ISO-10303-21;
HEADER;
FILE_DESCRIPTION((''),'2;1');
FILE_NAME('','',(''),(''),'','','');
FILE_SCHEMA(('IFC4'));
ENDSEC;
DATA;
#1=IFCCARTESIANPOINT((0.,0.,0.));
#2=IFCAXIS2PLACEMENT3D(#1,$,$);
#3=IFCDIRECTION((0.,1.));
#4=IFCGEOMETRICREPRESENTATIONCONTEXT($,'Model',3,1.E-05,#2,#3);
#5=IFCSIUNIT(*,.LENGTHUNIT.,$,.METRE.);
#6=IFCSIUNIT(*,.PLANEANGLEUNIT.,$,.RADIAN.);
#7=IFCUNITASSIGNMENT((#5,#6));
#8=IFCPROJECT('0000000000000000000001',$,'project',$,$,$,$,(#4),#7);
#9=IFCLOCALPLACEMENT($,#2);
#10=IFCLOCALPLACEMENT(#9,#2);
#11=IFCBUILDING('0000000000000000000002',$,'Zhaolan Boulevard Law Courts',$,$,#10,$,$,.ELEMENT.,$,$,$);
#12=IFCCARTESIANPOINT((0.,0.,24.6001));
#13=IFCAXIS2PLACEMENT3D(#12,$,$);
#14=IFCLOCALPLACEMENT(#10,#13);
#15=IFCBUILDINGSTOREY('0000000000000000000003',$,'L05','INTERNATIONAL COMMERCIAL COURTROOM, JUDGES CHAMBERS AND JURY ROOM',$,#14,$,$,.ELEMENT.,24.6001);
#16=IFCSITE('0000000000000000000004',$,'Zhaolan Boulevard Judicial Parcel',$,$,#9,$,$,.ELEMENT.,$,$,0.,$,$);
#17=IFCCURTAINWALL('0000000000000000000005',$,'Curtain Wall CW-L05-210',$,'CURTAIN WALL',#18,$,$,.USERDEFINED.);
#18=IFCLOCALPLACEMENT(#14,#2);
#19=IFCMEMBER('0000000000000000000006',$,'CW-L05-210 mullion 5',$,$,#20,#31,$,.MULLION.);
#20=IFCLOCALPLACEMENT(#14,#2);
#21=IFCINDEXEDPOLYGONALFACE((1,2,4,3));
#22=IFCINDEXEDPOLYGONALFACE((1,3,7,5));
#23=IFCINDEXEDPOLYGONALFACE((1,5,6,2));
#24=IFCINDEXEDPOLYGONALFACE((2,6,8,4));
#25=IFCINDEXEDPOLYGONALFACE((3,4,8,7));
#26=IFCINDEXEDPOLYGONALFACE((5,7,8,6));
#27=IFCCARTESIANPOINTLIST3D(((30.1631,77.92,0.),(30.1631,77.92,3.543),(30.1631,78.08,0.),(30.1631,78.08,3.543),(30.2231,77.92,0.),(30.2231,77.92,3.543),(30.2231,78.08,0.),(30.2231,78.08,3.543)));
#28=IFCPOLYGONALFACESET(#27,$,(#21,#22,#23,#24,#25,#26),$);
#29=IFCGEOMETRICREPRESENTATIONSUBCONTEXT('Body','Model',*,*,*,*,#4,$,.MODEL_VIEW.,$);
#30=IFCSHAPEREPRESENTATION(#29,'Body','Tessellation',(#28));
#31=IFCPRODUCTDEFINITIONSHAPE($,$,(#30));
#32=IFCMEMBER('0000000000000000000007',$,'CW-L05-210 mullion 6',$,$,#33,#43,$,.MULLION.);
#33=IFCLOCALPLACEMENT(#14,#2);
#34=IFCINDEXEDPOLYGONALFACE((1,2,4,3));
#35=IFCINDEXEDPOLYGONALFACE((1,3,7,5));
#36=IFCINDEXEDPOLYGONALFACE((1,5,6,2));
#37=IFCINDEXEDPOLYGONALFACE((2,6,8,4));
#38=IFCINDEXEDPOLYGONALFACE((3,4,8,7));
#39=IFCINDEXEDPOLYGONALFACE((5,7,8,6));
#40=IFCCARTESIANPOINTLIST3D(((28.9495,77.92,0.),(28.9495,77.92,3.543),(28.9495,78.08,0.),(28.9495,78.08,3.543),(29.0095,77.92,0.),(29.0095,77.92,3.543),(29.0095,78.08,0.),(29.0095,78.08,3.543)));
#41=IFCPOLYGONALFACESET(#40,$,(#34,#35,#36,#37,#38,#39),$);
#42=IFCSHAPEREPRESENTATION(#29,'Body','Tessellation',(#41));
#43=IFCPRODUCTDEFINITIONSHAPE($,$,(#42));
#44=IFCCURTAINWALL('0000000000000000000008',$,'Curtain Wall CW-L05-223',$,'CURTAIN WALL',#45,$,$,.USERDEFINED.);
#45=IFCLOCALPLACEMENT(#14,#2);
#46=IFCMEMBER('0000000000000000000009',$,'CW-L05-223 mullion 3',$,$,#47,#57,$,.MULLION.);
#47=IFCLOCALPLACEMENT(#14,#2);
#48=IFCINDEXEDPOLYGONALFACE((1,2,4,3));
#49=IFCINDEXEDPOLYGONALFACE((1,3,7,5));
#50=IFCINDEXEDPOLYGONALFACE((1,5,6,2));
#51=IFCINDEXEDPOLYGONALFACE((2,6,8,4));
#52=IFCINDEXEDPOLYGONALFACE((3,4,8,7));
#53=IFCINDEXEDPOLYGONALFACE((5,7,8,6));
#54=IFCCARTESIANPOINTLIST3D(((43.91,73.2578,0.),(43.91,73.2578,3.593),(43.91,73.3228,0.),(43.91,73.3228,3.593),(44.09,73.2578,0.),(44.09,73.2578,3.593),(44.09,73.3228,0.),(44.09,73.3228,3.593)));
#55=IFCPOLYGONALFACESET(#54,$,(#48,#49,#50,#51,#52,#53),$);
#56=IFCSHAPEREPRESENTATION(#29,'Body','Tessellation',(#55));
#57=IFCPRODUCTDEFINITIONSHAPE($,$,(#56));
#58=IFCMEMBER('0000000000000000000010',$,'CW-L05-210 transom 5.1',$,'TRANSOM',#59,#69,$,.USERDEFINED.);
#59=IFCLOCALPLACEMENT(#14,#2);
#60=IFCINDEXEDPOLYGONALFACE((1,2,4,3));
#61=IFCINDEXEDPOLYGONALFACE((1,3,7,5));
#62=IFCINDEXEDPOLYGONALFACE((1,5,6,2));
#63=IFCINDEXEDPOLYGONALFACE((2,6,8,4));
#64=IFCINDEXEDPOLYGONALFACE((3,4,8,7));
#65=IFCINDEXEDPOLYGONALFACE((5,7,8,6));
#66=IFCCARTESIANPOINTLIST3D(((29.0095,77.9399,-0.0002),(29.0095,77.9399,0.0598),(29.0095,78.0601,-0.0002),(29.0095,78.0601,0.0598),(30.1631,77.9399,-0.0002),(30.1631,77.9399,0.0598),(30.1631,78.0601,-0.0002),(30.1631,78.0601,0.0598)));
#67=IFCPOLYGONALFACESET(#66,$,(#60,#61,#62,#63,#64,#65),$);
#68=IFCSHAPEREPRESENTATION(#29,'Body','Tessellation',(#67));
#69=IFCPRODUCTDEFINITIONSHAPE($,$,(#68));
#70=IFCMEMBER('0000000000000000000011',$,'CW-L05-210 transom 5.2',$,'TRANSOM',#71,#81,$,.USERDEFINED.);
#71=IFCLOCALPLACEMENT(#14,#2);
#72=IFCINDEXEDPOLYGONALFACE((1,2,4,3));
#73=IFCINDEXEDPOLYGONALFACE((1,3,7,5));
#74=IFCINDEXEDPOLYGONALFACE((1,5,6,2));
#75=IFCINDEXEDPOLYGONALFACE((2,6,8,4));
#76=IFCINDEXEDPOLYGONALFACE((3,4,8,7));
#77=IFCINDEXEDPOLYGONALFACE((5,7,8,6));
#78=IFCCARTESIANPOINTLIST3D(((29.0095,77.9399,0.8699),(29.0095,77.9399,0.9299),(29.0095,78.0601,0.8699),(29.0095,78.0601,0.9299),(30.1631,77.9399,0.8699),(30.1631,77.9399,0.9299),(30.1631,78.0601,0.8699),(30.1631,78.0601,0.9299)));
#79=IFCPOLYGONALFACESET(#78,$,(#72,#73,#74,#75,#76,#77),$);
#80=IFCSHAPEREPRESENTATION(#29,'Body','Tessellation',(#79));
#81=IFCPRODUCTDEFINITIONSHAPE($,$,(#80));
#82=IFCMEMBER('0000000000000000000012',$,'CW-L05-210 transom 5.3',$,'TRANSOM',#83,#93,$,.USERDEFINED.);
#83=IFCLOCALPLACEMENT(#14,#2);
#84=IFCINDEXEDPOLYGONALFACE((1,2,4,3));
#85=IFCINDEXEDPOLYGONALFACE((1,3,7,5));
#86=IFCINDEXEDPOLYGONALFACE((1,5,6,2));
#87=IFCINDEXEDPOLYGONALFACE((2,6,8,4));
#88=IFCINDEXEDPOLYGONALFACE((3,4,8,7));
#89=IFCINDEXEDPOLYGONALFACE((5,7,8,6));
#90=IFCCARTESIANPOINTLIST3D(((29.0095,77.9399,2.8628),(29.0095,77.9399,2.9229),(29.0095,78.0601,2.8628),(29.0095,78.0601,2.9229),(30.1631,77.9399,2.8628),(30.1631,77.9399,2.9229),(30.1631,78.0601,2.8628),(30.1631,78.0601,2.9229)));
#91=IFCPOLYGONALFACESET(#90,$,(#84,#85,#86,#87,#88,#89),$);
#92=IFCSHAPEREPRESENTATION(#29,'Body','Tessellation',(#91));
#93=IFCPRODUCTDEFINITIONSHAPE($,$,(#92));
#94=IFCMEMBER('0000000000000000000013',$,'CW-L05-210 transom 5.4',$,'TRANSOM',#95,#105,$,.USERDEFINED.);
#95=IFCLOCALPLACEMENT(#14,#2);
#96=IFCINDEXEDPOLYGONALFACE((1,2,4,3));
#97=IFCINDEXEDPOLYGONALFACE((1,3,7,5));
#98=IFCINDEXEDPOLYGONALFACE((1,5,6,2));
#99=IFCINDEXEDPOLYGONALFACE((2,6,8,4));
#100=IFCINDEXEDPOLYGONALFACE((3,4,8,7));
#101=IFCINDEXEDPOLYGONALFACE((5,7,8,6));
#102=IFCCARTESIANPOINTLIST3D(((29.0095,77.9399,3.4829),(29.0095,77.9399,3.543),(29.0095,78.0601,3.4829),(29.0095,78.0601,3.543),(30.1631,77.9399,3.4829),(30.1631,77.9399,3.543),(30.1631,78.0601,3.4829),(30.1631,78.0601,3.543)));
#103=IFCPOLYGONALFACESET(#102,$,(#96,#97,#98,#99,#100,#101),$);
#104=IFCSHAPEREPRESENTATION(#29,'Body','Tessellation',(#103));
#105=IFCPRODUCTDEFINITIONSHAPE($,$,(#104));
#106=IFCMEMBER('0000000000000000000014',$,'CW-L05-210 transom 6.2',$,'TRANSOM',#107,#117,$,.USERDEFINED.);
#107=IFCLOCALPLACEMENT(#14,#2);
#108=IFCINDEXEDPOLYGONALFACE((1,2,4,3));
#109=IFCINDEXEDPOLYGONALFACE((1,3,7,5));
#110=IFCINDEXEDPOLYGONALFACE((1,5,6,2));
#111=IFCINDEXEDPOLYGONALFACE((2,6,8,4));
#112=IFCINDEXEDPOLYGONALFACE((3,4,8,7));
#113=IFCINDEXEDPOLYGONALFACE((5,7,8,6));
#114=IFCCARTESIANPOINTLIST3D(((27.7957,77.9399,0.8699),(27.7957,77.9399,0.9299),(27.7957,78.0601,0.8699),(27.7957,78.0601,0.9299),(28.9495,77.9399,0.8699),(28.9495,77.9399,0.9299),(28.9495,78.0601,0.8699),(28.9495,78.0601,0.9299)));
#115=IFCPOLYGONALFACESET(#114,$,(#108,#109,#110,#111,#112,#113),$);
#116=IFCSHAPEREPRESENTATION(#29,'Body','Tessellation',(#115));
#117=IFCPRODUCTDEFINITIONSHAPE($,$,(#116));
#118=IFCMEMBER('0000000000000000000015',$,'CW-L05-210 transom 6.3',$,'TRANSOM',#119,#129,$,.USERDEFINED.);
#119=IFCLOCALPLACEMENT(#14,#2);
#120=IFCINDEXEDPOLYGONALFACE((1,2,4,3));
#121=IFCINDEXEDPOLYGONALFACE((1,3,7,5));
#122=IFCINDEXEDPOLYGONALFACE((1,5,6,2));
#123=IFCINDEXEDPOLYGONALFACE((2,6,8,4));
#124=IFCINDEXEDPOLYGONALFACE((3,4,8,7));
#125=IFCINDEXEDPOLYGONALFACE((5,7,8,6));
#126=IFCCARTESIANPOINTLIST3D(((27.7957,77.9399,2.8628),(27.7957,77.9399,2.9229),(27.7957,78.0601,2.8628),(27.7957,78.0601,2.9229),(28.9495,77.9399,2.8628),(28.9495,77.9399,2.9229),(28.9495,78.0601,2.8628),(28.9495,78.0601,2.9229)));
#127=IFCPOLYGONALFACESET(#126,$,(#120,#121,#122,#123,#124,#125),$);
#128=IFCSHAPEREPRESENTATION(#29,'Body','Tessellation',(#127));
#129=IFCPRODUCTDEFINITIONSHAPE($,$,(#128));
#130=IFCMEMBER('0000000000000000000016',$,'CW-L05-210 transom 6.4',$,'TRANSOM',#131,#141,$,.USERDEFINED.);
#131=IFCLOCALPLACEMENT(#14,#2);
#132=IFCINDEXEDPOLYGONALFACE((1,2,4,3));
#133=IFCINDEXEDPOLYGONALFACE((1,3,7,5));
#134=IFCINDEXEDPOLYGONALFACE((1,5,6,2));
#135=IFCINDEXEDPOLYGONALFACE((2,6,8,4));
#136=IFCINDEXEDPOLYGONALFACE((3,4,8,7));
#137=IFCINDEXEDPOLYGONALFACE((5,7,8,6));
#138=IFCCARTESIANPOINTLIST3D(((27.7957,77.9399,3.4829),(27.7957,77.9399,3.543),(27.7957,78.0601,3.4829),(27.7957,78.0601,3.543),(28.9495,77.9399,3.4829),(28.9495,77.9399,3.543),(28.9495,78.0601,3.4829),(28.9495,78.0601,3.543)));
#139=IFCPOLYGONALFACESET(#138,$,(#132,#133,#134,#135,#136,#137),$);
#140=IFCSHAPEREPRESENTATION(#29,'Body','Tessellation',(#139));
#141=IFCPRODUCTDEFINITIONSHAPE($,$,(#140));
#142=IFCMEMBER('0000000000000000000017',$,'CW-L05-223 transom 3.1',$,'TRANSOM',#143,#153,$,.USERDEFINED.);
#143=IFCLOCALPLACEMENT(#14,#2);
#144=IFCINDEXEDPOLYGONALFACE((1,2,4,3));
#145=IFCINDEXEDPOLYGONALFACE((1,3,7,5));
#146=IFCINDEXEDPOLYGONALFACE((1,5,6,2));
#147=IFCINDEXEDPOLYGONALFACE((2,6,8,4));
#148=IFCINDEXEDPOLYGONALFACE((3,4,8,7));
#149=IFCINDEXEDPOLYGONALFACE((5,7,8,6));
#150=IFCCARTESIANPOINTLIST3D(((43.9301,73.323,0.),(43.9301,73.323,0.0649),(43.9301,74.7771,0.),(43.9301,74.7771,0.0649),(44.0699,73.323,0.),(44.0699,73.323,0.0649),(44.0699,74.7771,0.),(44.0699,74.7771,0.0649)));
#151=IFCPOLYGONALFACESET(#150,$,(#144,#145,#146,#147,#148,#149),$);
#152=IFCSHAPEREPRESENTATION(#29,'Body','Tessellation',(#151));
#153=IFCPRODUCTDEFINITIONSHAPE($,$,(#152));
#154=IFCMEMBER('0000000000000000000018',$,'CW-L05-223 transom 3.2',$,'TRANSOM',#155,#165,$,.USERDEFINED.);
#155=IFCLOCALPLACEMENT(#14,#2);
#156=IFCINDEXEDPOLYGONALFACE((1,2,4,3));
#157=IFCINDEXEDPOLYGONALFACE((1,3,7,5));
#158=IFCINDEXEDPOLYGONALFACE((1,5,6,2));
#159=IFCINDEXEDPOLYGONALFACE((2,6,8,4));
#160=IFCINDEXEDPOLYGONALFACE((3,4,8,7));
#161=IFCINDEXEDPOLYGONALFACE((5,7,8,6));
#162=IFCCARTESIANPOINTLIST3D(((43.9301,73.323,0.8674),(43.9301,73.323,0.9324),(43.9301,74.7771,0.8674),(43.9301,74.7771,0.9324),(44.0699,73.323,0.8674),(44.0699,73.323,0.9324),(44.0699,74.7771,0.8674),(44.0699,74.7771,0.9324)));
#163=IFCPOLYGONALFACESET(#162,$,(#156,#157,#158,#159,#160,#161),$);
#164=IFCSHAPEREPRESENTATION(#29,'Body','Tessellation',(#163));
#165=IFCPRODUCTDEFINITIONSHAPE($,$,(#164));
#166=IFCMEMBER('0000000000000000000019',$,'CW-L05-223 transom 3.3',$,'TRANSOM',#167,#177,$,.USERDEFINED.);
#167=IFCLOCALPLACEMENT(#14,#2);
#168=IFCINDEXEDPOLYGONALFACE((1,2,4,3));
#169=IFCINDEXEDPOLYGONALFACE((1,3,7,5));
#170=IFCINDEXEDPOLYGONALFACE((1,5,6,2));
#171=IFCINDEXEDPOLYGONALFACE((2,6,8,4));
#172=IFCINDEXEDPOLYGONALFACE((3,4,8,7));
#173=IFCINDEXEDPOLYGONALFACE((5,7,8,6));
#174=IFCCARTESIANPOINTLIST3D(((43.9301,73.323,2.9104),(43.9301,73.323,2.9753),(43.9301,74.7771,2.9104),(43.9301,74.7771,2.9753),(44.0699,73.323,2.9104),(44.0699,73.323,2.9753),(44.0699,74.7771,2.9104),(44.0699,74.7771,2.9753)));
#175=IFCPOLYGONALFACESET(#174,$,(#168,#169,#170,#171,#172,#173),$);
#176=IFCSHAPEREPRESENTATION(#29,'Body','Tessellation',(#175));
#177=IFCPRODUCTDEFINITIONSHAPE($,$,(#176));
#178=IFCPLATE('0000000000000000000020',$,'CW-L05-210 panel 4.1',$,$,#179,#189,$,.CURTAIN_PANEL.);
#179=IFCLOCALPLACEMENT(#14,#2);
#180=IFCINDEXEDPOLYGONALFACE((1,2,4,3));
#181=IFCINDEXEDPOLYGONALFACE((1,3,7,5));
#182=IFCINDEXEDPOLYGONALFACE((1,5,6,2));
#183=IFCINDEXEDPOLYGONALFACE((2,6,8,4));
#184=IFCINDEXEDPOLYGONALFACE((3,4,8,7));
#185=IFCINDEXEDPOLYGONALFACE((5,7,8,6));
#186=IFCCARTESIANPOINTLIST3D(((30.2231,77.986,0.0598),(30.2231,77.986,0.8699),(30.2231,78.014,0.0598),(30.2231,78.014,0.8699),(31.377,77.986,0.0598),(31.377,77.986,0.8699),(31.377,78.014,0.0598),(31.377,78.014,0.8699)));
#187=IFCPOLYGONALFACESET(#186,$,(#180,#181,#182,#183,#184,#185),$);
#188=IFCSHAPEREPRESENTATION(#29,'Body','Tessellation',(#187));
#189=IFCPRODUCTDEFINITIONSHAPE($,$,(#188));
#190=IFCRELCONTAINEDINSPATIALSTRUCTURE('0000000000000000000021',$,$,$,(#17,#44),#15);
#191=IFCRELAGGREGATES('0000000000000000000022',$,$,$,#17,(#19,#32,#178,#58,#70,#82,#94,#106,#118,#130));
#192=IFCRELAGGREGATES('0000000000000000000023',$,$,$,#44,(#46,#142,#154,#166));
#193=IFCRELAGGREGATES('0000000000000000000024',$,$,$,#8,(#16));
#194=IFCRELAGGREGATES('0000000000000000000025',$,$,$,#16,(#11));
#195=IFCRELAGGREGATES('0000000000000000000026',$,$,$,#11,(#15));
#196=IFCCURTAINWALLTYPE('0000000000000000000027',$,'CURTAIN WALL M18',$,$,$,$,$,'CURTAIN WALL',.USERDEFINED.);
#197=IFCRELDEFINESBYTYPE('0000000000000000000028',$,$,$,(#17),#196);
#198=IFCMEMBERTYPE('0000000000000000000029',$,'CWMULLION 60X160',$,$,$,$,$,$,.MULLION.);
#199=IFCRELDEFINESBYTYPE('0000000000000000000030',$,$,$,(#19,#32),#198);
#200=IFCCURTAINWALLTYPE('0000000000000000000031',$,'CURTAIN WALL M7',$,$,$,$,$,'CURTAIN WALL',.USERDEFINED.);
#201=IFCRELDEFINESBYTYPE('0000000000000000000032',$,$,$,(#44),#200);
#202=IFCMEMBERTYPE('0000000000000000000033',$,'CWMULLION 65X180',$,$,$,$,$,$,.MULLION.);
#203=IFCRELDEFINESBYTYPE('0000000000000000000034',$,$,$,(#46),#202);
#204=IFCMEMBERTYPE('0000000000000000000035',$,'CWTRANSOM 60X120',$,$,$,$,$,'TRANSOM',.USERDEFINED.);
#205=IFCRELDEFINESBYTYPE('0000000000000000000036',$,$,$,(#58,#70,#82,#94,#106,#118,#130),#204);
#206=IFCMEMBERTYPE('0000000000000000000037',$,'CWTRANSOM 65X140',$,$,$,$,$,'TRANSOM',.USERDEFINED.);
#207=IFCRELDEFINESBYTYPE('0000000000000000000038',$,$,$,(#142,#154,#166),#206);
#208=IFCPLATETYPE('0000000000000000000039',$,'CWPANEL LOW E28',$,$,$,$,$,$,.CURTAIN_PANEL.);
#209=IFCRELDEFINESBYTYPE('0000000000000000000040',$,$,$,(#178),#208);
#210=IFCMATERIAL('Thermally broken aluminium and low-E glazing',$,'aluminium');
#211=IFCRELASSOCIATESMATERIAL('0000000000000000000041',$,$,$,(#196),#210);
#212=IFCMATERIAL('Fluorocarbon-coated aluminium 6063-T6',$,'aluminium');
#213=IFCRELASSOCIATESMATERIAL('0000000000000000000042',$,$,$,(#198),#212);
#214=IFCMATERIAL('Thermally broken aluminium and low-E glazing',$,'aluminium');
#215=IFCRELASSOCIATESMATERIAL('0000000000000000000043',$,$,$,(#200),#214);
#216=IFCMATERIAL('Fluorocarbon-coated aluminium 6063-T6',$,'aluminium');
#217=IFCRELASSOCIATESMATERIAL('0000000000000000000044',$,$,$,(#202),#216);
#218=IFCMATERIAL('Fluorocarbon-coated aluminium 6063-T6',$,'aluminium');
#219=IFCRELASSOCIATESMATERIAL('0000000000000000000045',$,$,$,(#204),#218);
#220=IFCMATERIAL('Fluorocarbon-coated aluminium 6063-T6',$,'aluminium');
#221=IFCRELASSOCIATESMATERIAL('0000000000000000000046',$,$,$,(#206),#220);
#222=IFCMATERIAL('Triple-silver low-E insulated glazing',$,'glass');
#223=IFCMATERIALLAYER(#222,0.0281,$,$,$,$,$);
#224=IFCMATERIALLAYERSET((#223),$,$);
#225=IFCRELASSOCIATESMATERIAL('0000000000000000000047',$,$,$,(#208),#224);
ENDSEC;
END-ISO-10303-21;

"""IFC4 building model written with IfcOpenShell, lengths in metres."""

from ifc_helpers import new_model, si_unit, direction, frame, origin, origin_2d, place, context, subcontext, project, spatial, rectangle, extrude, material, layer, layer_set, material_profile, profile_set, type_object, element, aggregate, save


model = new_model("IFC4")

# Units and contexts
model_context = context("Model", 3, precision=1e-05, world=origin(), true_north=direction((0.0, 1.0)))
body_context = subcontext(model_context, "Body", "Model", "MODEL_VIEW")
ifc_project = project(units=[si_unit("LENGTHUNIT", "METRE"), si_unit("PLANEANGLEUNIT", "RADIAN")], contexts=[model_context])

# Site, building, storey
site_placement = place(None, origin())
site = spatial("IfcSite", under=ifc_project, at=site_placement, Name="Zhaolan Boulevard Judicial Parcel", CompositionType="ELEMENT", RefElevation=0.0)
building_placement = place(site_placement, origin())
building = spatial("IfcBuilding", under=site, at=building_placement, Name="Zhaolan Boulevard Law Courts", CompositionType="ELEMENT")
storey_placement = place(building_placement, frame((0.0, 0.0, 24.6001)))
storey = spatial("IfcBuildingStorey", under=building, at=storey_placement, Name="L05", Description="INTERNATIONAL COMMERCIAL COURTROOM, JUDGES CHAMBERS AND JURY ROOM", CompositionType="ELEMENT", Elevation=24.6001)

# Curtain wall, members
ifc_material_1 = material(Name="Thermally broken aluminium and low-E glazing", Category="aluminium")
curtain_wall_type_1 = type_object("IfcCurtainWallType", Name="CURTAIN WALL M18", ElementType="CURTAIN WALL", PredefinedType="USERDEFINED", material=ifc_material_1)
curtain_wall_1_placement = place(storey_placement, origin())
curtain_wall_1 = element("IfcCurtainWall", 1, at=curtain_wall_1_placement, inside=storey, type_object=curtain_wall_type_1, Name="Curtain Wall CW-L05-210", ObjectType="CURTAIN WALL", PredefinedType="USERDEFINED")
ifc_material_2 = material(Name="Fluorocarbon-coated aluminium 6063-T6", Category="aluminium")
ifc_material_profile_1 = material_profile(ifc_material_2, rectangle(XDim=0.1599, YDim=0.0601, at=origin_2d()), Name="AL60x160")
ifc_profile_set_1 = profile_set([ifc_material_profile_1], Name="Fluorocarbon-coated aluminium 6063-T6")
member_type_1 = type_object("IfcMemberType", Name="CWMULLION 60X160", PredefinedType="MULLION", material=ifc_profile_set_1)
member_1_placement = place(storey_placement, frame((30.1931, 78.0, 0.0), z_axis=(0.0, 0.0, 1.0), x_axis=(0.0, -1.0, 0.0)))
member_1 = element("IfcMember", 2, at=member_1_placement, type_object=member_type_1, Name="CW-L05-210 mullion 5", PredefinedType="MULLION", context=body_context, shape_type="SweptSolid", body=[
    extrude(rectangle(XDim=0.1599, YDim=0.0601, at=origin_2d()), origin(), (0.0, 0.0, 1.0), 3.543),
])
member_2_placement = place(storey_placement, frame((28.9795, 78.0, 0.0), z_axis=(0.0, 0.0, 1.0), x_axis=(0.0, -1.0, 0.0)))
member_2 = element("IfcMember", 3, at=member_2_placement, type_object=member_type_1, Name="CW-L05-210 mullion 6", PredefinedType="MULLION", context=body_context, shape_type="SweptSolid", body=[
    extrude(rectangle(XDim=0.1599, YDim=0.0601, at=origin_2d()), origin(), (0.0, 0.0, 1.0), 3.543),
])

# Curtain wall, member
ifc_material_3 = material(Name="Thermally broken aluminium and low-E glazing", Category="aluminium")
curtain_wall_type_2 = type_object("IfcCurtainWallType", Name="CURTAIN WALL M7", ElementType="CURTAIN WALL", PredefinedType="USERDEFINED", material=ifc_material_3)
curtain_wall_2_placement = place(storey_placement, origin())
curtain_wall_2 = element("IfcCurtainWall", 4, at=curtain_wall_2_placement, inside=storey, type_object=curtain_wall_type_2, Name="Curtain Wall CW-L05-223", ObjectType="CURTAIN WALL", PredefinedType="USERDEFINED")
ifc_material_4 = material(Name="Fluorocarbon-coated aluminium 6063-T6", Category="aluminium")
ifc_material_profile_2 = material_profile(ifc_material_4, rectangle(XDim=0.1799, YDim=0.0649, at=origin_2d()), Name="AL65x180")
ifc_profile_set_2 = profile_set([ifc_material_profile_2], Name="Fluorocarbon-coated aluminium 6063-T6")
member_type_2 = type_object("IfcMemberType", Name="CWMULLION 65X180", PredefinedType="MULLION", material=ifc_profile_set_2)
member_3_placement = place(storey_placement, frame((44.0, 73.2903, 0.0), z_axis=(0.0, 0.0, 1.0), x_axis=(-1.0, 0.0, 0.0)))
member_3 = element("IfcMember", 5, at=member_3_placement, type_object=member_type_2, Name="CW-L05-223 mullion 3", PredefinedType="MULLION", context=body_context, shape_type="SweptSolid", body=[
    extrude(rectangle(XDim=0.1799, YDim=0.0649, at=origin_2d()), origin(), (0.0, 0.0, 1.0), 3.593),
])

# Members
ifc_material_5 = material(Name="Fluorocarbon-coated aluminium 6063-T6", Category="aluminium")
ifc_material_profile_3 = material_profile(ifc_material_5, rectangle(XDim=0.1201, YDim=0.0601, at=origin_2d()), Name="AL60x120")
ifc_profile_set_3 = profile_set([ifc_material_profile_3], Name="Fluorocarbon-coated aluminium 6063-T6")
member_type_3 = type_object("IfcMemberType", Name="CWTRANSOM 60X120", ElementType="TRANSOM", PredefinedType="USERDEFINED", material=ifc_profile_set_3)
member_4_placement = place(storey_placement, frame((30.1631, 78.0, 0.0298), z_axis=(-1.0, 0.0, 0.0), x_axis=(0.0, -1.0, 0.0)))
member_4 = element("IfcMember", 6, at=member_4_placement, type_object=member_type_3, Name="CW-L05-210 transom 5.1", ObjectType="TRANSOM", PredefinedType="USERDEFINED", context=body_context, shape_type="SweptSolid", body=[
    extrude(rectangle(XDim=0.1201, YDim=0.0601, at=origin_2d()), origin(), (0.0, 0.0, 1.0), 1.1536),
])
member_5_placement = place(storey_placement, frame((30.1631, 78.0, 0.8999), z_axis=(-1.0, 0.0, 0.0), x_axis=(0.0, -1.0, 0.0)))
member_5 = element("IfcMember", 7, at=member_5_placement, type_object=member_type_3, Name="CW-L05-210 transom 5.2", ObjectType="TRANSOM", PredefinedType="USERDEFINED", context=body_context, shape_type="SweptSolid", body=[
    extrude(rectangle(XDim=0.1201, YDim=0.0601, at=origin_2d()), origin(), (0.0, 0.0, 1.0), 1.1536),
])
member_6_placement = place(storey_placement, frame((30.1631, 78.0, 2.8928), z_axis=(-1.0, 0.0, 0.0), x_axis=(0.0, -1.0, 0.0)))
member_6 = element("IfcMember", 8, at=member_6_placement, type_object=member_type_3, Name="CW-L05-210 transom 5.3", ObjectType="TRANSOM", PredefinedType="USERDEFINED", context=body_context, shape_type="SweptSolid", body=[
    extrude(rectangle(XDim=0.1201, YDim=0.0601, at=origin_2d()), origin(), (0.0, 0.0, 1.0), 1.1536),
])
member_7_placement = place(storey_placement, frame((30.1631, 78.0, 3.5129), z_axis=(-1.0, 0.0, 0.0), x_axis=(0.0, -1.0, 0.0)))
member_7 = element("IfcMember", 9, at=member_7_placement, type_object=member_type_3, Name="CW-L05-210 transom 5.4", ObjectType="TRANSOM", PredefinedType="USERDEFINED", context=body_context, shape_type="SweptSolid", body=[
    extrude(rectangle(XDim=0.1201, YDim=0.0601, at=origin_2d()), origin(), (0.0, 0.0, 1.0), 1.1536),
])
member_8_placement = place(storey_placement, frame((28.9495, 78.0, 0.8999), z_axis=(-1.0, 0.0, 0.0), x_axis=(0.0, -1.0, 0.0)))
member_8 = element("IfcMember", 10, at=member_8_placement, type_object=member_type_3, Name="CW-L05-210 transom 6.2", ObjectType="TRANSOM", PredefinedType="USERDEFINED", context=body_context, shape_type="SweptSolid", body=[
    extrude(rectangle(XDim=0.1201, YDim=0.0601, at=origin_2d()), origin(), (0.0, 0.0, 1.0), 1.1538),
])
member_9_placement = place(storey_placement, frame((28.9495, 78.0, 2.8928), z_axis=(-1.0, 0.0, 0.0), x_axis=(0.0, -1.0, 0.0)))
member_9 = element("IfcMember", 11, at=member_9_placement, type_object=member_type_3, Name="CW-L05-210 transom 6.3", ObjectType="TRANSOM", PredefinedType="USERDEFINED", context=body_context, shape_type="SweptSolid", body=[
    extrude(rectangle(XDim=0.1201, YDim=0.0601, at=origin_2d()), origin(), (0.0, 0.0, 1.0), 1.1538),
])
member_10_placement = place(storey_placement, frame((28.9495, 78.0, 3.5129), z_axis=(-1.0, 0.0, 0.0), x_axis=(0.0, -1.0, 0.0)))
member_10 = element("IfcMember", 12, at=member_10_placement, type_object=member_type_3, Name="CW-L05-210 transom 6.4", ObjectType="TRANSOM", PredefinedType="USERDEFINED", context=body_context, shape_type="SweptSolid", body=[
    extrude(rectangle(XDim=0.1201, YDim=0.0601, at=origin_2d()), origin(), (0.0, 0.0, 1.0), 1.1538),
])
ifc_material_6 = material(Name="Fluorocarbon-coated aluminium 6063-T6", Category="aluminium")
ifc_material_profile_4 = material_profile(ifc_material_6, rectangle(XDim=0.1399, YDim=0.0649, at=origin_2d()), Name="AL65x140")
ifc_profile_set_4 = profile_set([ifc_material_profile_4], Name="Fluorocarbon-coated aluminium 6063-T6")
member_type_4 = type_object("IfcMemberType", Name="CWTRANSOM 65X140", ElementType="TRANSOM", PredefinedType="USERDEFINED", material=ifc_profile_set_4)
member_11_placement = place(storey_placement, frame((44.0, 73.323, 0.0325), z_axis=(0.0, 1.0, 0.0), x_axis=(-1.0, 0.0, 0.0)))
member_11 = element("IfcMember", 13, at=member_11_placement, type_object=member_type_4, Name="CW-L05-223 transom 3.1", ObjectType="TRANSOM", PredefinedType="USERDEFINED", context=body_context, shape_type="SweptSolid", body=[
    extrude(rectangle(XDim=0.1399, YDim=0.0649, at=origin_2d()), origin(), (0.0, 0.0, 1.0), 1.4541),
])
member_12_placement = place(storey_placement, frame((44.0, 73.323, 0.8999), z_axis=(0.0, 1.0, 0.0), x_axis=(-1.0, 0.0, 0.0)))
member_12 = element("IfcMember", 14, at=member_12_placement, type_object=member_type_4, Name="CW-L05-223 transom 3.2", ObjectType="TRANSOM", PredefinedType="USERDEFINED", context=body_context, shape_type="SweptSolid", body=[
    extrude(rectangle(XDim=0.1399, YDim=0.0649, at=origin_2d()), origin(), (0.0, 0.0, 1.0), 1.4541),
])
member_13_placement = place(storey_placement, frame((44.0, 73.323, 2.9429), z_axis=(0.0, 1.0, 0.0), x_axis=(-1.0, 0.0, 0.0)))
member_13 = element("IfcMember", 15, at=member_13_placement, type_object=member_type_4, Name="CW-L05-223 transom 3.3", ObjectType="TRANSOM", PredefinedType="USERDEFINED", context=body_context, shape_type="SweptSolid", body=[
    extrude(rectangle(XDim=0.1399, YDim=0.0649, at=origin_2d()), origin(), (0.0, 0.0, 1.0), 1.4541),
])

# Plate
ifc_material_7 = material(Name="Triple-silver low-E insulated glazing", Category="glass")
ifc_layer_1 = layer(ifc_material_7, 0.0281)
ifc_layer_set_1 = layer_set([ifc_layer_1])
plate_type = type_object("IfcPlateType", Name="CWPANEL LOW E28", PredefinedType="CURTAIN_PANEL", material=ifc_layer_set_1)
plate_1_placement = place(storey_placement, frame((30.8, 78.0, 0.0598), z_axis=(0.0, 0.0, 1.0), x_axis=(-1.0, 0.0, 0.0)))
plate_1 = element("IfcPlate", 16, at=plate_1_placement, type_object=plate_type, Name="CW-L05-210 panel 4.1", PredefinedType="CURTAIN_PANEL", context=body_context, shape_type="SweptSolid", body=[
    extrude(rectangle(XDim=1.1538, YDim=0.0281, at=origin_2d()), origin(), (0.0, 0.0, 1.0), 0.8101),
])
aggregate(curtain_wall_1, [member_1, member_2, plate_1, member_4, member_5, member_6, member_7, member_8, member_9, member_10])
aggregate(curtain_wall_2, [member_3, member_11, member_12, member_13])

save(model, "model.ifc")
